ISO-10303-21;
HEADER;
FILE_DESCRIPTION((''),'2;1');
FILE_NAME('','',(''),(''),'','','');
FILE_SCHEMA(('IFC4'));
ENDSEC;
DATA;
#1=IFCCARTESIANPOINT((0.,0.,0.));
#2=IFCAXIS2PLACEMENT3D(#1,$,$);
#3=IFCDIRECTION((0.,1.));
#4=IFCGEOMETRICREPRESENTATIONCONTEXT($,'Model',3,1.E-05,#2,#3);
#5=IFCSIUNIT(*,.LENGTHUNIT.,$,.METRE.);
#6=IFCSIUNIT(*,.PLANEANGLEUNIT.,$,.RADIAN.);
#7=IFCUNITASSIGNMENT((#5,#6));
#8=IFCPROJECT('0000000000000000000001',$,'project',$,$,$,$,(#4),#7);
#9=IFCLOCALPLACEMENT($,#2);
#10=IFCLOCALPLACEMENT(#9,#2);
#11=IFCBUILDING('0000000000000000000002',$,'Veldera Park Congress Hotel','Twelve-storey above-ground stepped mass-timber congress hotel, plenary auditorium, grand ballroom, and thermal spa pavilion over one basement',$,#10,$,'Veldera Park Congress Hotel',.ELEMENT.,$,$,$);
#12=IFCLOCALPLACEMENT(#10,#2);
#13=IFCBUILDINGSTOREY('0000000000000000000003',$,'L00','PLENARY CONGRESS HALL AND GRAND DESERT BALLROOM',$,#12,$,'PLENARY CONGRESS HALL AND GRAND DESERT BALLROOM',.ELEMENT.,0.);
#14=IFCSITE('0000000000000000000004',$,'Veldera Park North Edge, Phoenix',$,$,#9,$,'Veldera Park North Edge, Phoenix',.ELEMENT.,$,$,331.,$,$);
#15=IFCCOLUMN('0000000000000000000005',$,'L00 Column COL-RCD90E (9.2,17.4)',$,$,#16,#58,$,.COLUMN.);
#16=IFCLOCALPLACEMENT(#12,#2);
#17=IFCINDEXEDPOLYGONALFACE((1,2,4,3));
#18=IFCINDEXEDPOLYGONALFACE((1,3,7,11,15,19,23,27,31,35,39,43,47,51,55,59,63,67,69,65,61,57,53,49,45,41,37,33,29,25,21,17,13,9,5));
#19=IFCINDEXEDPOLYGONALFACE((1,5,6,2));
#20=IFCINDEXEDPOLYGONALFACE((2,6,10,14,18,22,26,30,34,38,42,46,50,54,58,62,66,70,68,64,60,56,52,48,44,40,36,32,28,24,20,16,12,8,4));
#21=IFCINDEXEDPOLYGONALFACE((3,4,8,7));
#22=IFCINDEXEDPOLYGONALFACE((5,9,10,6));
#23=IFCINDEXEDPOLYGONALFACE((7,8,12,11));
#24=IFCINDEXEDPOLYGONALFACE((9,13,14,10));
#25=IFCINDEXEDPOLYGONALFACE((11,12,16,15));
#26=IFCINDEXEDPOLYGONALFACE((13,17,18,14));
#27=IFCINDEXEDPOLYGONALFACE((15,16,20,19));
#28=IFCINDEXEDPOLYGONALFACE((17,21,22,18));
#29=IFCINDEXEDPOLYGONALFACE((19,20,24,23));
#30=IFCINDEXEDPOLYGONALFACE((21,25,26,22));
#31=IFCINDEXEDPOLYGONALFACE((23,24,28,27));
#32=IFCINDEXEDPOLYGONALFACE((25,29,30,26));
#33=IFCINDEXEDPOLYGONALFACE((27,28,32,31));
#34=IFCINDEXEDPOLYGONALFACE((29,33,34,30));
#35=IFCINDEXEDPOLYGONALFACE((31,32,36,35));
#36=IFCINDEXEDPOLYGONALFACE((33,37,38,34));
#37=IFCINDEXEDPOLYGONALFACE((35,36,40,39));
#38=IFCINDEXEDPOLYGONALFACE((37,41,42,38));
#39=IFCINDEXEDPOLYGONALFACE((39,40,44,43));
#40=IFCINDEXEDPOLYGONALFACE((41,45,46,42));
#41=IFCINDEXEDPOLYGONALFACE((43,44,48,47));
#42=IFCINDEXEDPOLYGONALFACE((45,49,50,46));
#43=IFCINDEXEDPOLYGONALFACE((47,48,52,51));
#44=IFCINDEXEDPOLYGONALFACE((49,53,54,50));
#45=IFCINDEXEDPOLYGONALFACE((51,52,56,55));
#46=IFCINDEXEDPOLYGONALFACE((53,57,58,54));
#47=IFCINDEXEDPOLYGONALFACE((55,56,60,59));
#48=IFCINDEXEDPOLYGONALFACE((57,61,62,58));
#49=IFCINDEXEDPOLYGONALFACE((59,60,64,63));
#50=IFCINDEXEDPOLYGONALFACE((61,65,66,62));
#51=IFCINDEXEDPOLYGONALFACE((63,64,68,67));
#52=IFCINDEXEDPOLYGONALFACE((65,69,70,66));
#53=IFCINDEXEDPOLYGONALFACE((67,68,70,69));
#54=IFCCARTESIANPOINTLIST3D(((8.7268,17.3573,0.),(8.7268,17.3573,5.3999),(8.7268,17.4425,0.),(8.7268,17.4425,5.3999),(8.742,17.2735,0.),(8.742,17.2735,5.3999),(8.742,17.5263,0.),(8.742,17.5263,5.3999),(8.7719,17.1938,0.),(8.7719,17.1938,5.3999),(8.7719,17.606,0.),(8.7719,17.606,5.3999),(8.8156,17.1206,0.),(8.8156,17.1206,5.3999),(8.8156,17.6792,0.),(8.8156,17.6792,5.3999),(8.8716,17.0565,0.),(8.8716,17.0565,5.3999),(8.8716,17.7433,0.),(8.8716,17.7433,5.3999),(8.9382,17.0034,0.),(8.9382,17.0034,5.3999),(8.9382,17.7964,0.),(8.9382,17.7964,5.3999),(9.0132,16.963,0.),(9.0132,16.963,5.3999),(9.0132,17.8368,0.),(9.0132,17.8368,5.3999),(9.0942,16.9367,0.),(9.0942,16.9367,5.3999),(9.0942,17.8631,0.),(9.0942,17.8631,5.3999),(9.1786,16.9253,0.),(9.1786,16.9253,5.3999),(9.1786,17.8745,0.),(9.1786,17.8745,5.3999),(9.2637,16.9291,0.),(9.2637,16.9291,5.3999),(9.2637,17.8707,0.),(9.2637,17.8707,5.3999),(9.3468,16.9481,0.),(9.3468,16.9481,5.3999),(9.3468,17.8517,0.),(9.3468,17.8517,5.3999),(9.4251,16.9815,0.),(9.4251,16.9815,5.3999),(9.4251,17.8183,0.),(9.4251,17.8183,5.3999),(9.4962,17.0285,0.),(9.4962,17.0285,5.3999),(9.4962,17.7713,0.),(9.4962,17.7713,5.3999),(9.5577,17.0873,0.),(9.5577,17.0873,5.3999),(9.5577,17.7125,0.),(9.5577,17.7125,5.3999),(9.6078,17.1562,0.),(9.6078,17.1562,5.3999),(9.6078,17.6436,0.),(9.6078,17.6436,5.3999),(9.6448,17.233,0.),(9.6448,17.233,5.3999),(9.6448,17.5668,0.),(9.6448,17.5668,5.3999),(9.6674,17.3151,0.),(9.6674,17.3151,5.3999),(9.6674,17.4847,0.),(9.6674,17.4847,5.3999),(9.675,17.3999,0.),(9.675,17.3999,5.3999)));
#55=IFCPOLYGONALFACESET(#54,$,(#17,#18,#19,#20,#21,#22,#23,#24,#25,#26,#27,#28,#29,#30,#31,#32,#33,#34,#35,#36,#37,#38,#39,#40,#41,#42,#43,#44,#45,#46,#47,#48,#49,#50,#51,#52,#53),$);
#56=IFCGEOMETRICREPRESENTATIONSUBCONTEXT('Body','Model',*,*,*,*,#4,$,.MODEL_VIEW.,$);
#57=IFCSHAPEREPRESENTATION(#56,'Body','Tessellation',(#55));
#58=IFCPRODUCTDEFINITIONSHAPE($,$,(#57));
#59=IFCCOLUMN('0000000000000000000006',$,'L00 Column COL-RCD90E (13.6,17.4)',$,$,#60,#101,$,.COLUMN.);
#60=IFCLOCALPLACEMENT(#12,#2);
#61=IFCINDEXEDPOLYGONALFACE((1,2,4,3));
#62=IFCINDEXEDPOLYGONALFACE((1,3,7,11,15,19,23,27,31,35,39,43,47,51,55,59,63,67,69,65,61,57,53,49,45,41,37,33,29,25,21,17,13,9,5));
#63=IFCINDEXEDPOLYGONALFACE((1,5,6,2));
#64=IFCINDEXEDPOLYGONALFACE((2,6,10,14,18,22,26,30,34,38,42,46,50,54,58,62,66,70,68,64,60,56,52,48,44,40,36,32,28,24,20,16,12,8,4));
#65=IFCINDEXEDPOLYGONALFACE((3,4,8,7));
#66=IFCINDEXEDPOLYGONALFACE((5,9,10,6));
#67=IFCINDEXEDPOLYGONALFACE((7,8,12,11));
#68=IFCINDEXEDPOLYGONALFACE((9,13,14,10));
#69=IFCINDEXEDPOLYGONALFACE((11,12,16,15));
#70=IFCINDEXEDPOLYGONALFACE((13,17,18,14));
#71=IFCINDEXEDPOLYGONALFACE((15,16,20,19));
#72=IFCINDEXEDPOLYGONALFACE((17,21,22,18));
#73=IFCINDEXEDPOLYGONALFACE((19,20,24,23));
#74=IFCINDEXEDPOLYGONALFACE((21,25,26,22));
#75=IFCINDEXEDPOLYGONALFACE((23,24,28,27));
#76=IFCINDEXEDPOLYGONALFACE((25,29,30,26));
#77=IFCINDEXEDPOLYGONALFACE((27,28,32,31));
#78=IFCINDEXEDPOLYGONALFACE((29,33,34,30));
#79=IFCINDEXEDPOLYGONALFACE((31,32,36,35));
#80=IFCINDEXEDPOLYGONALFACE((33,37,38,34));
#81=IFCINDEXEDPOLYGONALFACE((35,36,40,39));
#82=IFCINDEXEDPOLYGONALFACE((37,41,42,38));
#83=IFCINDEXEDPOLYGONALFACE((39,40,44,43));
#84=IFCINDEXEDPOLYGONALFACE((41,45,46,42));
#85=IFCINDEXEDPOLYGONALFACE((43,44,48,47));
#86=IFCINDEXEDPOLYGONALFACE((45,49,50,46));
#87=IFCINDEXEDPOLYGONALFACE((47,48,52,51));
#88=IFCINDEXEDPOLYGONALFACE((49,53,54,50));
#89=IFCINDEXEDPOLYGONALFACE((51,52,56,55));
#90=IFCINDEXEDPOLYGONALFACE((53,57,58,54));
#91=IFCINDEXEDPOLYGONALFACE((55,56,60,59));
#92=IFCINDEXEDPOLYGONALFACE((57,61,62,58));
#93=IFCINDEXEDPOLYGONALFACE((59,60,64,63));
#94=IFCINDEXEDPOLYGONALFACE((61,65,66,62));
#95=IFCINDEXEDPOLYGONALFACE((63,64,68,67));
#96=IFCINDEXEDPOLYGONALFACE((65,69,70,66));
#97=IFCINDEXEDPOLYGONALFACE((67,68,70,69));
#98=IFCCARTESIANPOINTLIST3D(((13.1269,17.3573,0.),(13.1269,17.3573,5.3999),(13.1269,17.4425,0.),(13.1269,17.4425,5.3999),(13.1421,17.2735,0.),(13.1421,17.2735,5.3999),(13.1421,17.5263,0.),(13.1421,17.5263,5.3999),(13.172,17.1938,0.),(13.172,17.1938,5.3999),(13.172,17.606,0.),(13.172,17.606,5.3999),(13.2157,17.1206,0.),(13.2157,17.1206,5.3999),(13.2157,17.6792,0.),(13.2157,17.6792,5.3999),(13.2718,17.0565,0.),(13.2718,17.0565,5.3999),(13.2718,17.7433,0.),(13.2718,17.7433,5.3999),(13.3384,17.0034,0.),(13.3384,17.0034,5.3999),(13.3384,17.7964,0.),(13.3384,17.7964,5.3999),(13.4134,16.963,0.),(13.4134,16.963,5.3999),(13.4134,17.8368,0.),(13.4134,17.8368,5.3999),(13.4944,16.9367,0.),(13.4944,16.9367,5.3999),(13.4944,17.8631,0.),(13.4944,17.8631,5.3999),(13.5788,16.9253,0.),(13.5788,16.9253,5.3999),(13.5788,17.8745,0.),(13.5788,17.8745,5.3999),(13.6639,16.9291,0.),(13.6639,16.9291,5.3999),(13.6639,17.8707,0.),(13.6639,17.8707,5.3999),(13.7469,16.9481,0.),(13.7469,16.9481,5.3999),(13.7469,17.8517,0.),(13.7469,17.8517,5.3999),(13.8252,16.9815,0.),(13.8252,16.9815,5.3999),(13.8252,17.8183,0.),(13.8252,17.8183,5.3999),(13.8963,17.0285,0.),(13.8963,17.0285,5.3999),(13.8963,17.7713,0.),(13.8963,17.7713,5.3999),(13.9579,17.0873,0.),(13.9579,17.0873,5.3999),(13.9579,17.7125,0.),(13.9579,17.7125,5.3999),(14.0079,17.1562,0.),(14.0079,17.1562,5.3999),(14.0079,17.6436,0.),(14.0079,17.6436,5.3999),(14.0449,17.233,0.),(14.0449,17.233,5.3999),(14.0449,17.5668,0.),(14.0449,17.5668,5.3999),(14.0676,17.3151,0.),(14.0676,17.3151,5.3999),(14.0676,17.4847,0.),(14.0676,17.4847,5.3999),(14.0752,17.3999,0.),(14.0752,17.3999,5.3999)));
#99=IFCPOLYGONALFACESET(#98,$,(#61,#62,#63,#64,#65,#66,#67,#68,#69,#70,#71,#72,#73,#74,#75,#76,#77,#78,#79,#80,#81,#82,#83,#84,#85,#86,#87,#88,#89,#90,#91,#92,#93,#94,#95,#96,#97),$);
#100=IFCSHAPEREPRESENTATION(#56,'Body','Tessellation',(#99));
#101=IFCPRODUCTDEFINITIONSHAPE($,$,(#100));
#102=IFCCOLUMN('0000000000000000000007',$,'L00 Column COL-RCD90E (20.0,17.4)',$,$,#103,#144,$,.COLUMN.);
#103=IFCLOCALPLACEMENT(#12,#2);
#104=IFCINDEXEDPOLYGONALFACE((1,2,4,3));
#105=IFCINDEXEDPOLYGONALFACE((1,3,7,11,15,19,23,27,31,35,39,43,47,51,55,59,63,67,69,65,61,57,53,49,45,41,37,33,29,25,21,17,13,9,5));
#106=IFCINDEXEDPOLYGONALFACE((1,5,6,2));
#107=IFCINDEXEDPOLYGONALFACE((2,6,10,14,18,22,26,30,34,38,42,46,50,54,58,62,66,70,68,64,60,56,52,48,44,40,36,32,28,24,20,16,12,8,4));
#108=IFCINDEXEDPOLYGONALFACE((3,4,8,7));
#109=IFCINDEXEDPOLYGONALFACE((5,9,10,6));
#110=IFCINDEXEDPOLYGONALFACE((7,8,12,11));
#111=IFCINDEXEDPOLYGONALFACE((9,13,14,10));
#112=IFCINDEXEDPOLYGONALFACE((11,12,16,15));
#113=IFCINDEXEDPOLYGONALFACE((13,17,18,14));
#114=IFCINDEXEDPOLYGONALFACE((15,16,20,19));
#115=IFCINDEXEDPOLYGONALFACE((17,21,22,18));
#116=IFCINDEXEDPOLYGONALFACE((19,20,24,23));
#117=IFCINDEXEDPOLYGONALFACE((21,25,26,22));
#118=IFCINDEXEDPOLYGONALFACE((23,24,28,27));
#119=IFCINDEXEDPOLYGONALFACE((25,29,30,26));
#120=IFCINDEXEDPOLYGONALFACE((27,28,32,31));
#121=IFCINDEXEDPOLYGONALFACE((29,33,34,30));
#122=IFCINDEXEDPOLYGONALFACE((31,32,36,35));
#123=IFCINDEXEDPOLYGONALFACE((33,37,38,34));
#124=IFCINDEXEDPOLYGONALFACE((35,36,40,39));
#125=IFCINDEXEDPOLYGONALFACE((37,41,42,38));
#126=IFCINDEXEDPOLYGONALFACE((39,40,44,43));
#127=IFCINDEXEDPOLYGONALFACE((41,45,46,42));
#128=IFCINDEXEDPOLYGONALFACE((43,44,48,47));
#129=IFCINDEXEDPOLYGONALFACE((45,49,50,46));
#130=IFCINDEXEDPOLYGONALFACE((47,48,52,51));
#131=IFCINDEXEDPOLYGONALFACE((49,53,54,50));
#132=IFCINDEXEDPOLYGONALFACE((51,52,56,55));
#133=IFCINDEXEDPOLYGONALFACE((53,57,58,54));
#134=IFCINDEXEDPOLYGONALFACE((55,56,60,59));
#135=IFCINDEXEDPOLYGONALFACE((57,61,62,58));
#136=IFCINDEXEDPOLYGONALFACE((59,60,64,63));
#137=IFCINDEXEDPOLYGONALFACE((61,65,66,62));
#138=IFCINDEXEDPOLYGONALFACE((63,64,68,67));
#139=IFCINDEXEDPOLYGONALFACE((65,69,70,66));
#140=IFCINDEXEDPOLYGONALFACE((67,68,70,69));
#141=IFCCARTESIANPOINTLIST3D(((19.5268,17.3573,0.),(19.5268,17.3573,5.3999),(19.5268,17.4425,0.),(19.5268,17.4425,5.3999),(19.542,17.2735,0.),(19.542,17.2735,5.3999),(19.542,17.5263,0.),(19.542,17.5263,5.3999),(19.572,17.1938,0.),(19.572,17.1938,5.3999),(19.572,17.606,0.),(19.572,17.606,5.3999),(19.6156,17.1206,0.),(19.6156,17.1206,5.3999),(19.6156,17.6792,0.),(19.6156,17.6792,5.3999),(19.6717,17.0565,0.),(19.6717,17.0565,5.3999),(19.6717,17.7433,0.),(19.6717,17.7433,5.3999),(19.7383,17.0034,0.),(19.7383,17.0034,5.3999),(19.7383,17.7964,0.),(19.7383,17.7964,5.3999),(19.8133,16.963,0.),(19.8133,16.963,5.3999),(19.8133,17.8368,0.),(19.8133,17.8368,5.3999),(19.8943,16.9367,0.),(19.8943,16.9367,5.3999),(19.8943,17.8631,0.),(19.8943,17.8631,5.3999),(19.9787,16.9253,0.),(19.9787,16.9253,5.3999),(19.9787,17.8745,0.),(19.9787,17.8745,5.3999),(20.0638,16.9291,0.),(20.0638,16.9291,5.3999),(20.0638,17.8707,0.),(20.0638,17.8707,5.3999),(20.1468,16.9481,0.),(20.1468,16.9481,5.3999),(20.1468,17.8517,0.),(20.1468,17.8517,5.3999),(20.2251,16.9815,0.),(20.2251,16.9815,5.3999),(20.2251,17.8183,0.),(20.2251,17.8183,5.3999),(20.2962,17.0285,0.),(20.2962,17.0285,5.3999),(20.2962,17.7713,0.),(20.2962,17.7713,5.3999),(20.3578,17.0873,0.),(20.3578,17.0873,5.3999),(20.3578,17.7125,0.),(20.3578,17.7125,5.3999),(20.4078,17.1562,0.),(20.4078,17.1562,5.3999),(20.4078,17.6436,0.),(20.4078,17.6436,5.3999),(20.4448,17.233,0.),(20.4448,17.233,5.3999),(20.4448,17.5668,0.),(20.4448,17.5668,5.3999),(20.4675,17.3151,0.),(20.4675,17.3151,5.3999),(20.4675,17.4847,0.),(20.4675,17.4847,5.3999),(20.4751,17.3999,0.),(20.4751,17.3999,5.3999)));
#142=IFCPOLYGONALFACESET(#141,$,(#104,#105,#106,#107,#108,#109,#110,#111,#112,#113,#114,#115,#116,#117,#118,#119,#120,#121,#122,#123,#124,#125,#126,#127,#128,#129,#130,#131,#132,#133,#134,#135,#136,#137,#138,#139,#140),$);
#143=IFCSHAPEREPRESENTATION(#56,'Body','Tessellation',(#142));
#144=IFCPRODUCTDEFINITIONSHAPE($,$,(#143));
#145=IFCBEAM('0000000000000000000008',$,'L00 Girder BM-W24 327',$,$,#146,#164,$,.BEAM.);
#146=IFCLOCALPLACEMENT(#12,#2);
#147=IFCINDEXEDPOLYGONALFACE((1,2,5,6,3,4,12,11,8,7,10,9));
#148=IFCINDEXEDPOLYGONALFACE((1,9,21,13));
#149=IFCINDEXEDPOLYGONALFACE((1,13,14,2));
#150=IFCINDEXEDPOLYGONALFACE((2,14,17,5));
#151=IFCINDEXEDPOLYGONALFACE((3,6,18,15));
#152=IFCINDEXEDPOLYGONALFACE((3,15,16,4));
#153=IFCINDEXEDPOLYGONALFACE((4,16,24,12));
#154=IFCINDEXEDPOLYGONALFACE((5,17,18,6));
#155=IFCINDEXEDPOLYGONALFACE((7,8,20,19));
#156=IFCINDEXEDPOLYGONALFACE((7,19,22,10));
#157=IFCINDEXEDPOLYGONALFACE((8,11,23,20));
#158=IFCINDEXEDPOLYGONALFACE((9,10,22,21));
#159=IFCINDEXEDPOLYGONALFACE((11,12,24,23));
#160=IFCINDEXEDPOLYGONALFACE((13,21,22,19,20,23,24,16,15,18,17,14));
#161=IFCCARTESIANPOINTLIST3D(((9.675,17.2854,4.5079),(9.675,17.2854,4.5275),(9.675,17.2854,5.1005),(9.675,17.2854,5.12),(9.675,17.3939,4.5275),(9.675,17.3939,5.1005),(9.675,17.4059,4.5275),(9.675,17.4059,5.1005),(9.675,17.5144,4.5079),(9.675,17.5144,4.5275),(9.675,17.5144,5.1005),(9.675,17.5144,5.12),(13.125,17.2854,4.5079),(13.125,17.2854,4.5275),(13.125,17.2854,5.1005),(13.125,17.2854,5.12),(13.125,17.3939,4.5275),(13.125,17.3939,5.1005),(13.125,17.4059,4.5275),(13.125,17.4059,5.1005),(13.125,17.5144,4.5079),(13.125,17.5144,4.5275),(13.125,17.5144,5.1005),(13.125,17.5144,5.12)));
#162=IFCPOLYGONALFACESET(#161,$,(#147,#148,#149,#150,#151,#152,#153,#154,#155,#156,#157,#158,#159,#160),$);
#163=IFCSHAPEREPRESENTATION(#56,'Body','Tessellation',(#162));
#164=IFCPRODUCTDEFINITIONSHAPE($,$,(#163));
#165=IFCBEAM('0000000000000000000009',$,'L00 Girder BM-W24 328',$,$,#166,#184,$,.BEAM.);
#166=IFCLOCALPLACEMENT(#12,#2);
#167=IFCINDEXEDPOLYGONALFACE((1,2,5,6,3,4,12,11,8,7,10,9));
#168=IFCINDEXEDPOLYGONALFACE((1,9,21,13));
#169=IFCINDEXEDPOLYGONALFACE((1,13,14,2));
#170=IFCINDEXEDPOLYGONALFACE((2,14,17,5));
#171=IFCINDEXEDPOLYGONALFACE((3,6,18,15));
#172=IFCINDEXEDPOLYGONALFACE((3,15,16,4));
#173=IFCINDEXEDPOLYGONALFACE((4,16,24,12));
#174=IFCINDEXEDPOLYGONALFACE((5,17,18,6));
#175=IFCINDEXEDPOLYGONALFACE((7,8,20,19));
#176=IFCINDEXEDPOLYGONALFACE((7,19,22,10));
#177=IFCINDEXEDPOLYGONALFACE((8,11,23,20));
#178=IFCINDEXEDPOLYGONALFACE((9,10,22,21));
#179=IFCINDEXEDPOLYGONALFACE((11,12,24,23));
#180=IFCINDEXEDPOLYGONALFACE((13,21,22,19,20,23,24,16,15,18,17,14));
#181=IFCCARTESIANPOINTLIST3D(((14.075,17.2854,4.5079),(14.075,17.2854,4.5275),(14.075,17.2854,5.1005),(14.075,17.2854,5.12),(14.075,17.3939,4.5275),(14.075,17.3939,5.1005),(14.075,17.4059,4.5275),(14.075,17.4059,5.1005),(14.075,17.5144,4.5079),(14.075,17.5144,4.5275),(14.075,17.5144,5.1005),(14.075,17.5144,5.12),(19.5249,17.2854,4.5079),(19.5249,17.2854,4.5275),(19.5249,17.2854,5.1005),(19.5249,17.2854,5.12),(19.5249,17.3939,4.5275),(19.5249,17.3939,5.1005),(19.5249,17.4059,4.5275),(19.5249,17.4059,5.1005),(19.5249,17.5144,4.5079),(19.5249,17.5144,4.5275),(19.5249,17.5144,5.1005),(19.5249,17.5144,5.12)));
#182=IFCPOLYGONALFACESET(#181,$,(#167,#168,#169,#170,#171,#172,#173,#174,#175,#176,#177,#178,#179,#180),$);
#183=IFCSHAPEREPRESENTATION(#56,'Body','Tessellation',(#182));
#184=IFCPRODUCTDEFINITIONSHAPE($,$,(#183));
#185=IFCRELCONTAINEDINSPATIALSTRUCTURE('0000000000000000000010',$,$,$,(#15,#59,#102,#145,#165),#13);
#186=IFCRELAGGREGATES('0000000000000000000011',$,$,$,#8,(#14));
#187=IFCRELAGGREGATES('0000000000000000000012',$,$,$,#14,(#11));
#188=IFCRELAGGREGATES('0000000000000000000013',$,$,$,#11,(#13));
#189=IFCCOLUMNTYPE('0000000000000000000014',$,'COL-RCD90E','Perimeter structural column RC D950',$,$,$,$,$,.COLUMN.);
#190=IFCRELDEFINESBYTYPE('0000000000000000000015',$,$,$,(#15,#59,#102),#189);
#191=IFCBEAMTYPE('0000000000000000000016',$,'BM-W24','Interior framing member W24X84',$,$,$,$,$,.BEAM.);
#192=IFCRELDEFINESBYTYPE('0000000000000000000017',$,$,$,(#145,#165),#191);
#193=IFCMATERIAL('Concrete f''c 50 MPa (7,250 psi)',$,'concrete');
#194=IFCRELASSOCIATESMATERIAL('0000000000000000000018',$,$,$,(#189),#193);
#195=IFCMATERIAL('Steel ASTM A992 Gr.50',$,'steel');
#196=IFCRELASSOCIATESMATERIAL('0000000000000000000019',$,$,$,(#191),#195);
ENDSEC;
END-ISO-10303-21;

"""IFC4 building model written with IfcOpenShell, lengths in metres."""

from ifc_helpers import new_model, si_unit, direction, frame, origin, origin_2d, place, context, subcontext, project, spatial, circle, i_section, extrude, material, material_profile, profile_set, type_object, element, save


model = new_model("IFC4")

# Units and contexts
model_context = context("Model", 3, precision=1e-05, world=origin(), true_north=direction((0.0, 1.0)))
body_context = subcontext(model_context, "Body", "Model", "MODEL_VIEW")
ifc_project = project(units=[si_unit("LENGTHUNIT", "METRE"), si_unit("PLANEANGLEUNIT", "RADIAN")], contexts=[model_context])

# Site, building, storey
site_placement = place(None, origin())
site = spatial("IfcSite", under=ifc_project, at=site_placement, Name="Veldera Park North Edge, Phoenix", LongName="Veldera Park North Edge, Phoenix", CompositionType="ELEMENT", RefElevation=331.0)
building_placement = place(site_placement, origin())
building = spatial("IfcBuilding", under=site, at=building_placement, Name="Veldera Park Congress Hotel", Description="Twelve-storey above-ground stepped mass-timber congress hotel, plenary auditorium, grand ballroom, and thermal spa pavilion over one basement", LongName="Veldera Park Congress Hotel", CompositionType="ELEMENT")
storey_placement = place(building_placement, origin())
storey = spatial("IfcBuildingStorey", under=building, at=storey_placement, Name="L00", Description="PLENARY CONGRESS HALL AND GRAND DESERT BALLROOM", LongName="PLENARY CONGRESS HALL AND GRAND DESERT BALLROOM", CompositionType="ELEMENT", Elevation=0.0)

# Columns
ifc_material_1 = material(Name="Concrete f'c 50 MPa (7,250 psi)", Category="concrete")
ifc_material_profile_1 = material_profile(ifc_material_1, circle(Radius=0.4751, at=origin_2d()), Name="RC D950")
ifc_profile_set_1 = profile_set([ifc_material_profile_1], Name="Concrete f'c 50 MPa (7,250 psi)")
column_type = type_object("IfcColumnType", Name="COL-RCD90E", Description="Perimeter structural column RC D950", PredefinedType="COLUMN", material=ifc_profile_set_1)
for number, where, z_axis, x_axis, name in (
    (1, (9.2, 17.3999, 0.0), (0.0, 0.0, 1.0), (1.0, 0.0, 0.0), "L00 Column COL-RCD90E (9.2,17.4)"),
    (2, (13.6001, 17.3999, 0.0), (0.0, 0.0, 1.0), (1.0, 0.0, 0.0), "L00 Column COL-RCD90E (13.6,17.4)"),
    (3, (20.0, 17.3999, 0.0), (0.0, 0.0, 1.0), (1.0, 0.0, 0.0), "L00 Column COL-RCD90E (20.0,17.4)"),
):
    element("IfcColumn", number, at=place(storey_placement, frame(where, z_axis=z_axis, x_axis=x_axis)), inside=storey, type_object=column_type, Name=name, PredefinedType="COLUMN", context=body_context, shape_type="SweptSolid", body=[
        extrude(circle(Radius=0.4751, at=origin_2d()), origin(), (0.0, 0.0, 1.0), 5.3999),
    ])

# Beams
ifc_material_2 = material(Name="Steel ASTM A992 Gr.50", Category="steel")
ifc_material_profile_2 = material_profile(ifc_material_2, i_section(OverallWidth=0.229, OverallDepth=0.6121, WebThickness=0.012, FlangeThickness=0.0195, at=origin_2d()), Name="W24X84")
ifc_profile_set_2 = profile_set([ifc_material_profile_2], Name="Steel ASTM A992 Gr.50")
beam_type_1 = type_object("IfcBeamType", Name="BM-W24", Description="Interior framing member W24X84", PredefinedType="BEAM", material=ifc_profile_set_2)
beam_1_placement = place(storey_placement, frame((9.675, 17.3999, 4.814), z_axis=(1.0, 0.0, 0.0), x_axis=(0.0, 1.0, 0.0)))
element("IfcBeam", 4, at=beam_1_placement, inside=storey, type_object=beam_type_1, Name="L00 Girder BM-W24 327", PredefinedType="BEAM", context=body_context, shape_type="SweptSolid", body=[
    extrude(i_section(OverallWidth=0.229, OverallDepth=0.6121, WebThickness=0.012, FlangeThickness=0.0195, at=origin_2d()), origin(), (0.0, 0.0, 1.0), 3.45),
])
beam_2_placement = place(storey_placement, frame((14.075, 17.3999, 4.814), z_axis=(1.0, 0.0, 0.0), x_axis=(0.0, 1.0, 0.0)))
element("IfcBeam", 5, at=beam_2_placement, inside=storey, type_object=beam_type_1, Name="L00 Girder BM-W24 328", PredefinedType="BEAM", context=body_context, shape_type="SweptSolid", body=[
    extrude(i_section(OverallWidth=0.229, OverallDepth=0.6121, WebThickness=0.012, FlangeThickness=0.0195, at=origin_2d()), origin(), (0.0, 0.0, 1.0), 5.45),
])

save(model, "model.ifc")
